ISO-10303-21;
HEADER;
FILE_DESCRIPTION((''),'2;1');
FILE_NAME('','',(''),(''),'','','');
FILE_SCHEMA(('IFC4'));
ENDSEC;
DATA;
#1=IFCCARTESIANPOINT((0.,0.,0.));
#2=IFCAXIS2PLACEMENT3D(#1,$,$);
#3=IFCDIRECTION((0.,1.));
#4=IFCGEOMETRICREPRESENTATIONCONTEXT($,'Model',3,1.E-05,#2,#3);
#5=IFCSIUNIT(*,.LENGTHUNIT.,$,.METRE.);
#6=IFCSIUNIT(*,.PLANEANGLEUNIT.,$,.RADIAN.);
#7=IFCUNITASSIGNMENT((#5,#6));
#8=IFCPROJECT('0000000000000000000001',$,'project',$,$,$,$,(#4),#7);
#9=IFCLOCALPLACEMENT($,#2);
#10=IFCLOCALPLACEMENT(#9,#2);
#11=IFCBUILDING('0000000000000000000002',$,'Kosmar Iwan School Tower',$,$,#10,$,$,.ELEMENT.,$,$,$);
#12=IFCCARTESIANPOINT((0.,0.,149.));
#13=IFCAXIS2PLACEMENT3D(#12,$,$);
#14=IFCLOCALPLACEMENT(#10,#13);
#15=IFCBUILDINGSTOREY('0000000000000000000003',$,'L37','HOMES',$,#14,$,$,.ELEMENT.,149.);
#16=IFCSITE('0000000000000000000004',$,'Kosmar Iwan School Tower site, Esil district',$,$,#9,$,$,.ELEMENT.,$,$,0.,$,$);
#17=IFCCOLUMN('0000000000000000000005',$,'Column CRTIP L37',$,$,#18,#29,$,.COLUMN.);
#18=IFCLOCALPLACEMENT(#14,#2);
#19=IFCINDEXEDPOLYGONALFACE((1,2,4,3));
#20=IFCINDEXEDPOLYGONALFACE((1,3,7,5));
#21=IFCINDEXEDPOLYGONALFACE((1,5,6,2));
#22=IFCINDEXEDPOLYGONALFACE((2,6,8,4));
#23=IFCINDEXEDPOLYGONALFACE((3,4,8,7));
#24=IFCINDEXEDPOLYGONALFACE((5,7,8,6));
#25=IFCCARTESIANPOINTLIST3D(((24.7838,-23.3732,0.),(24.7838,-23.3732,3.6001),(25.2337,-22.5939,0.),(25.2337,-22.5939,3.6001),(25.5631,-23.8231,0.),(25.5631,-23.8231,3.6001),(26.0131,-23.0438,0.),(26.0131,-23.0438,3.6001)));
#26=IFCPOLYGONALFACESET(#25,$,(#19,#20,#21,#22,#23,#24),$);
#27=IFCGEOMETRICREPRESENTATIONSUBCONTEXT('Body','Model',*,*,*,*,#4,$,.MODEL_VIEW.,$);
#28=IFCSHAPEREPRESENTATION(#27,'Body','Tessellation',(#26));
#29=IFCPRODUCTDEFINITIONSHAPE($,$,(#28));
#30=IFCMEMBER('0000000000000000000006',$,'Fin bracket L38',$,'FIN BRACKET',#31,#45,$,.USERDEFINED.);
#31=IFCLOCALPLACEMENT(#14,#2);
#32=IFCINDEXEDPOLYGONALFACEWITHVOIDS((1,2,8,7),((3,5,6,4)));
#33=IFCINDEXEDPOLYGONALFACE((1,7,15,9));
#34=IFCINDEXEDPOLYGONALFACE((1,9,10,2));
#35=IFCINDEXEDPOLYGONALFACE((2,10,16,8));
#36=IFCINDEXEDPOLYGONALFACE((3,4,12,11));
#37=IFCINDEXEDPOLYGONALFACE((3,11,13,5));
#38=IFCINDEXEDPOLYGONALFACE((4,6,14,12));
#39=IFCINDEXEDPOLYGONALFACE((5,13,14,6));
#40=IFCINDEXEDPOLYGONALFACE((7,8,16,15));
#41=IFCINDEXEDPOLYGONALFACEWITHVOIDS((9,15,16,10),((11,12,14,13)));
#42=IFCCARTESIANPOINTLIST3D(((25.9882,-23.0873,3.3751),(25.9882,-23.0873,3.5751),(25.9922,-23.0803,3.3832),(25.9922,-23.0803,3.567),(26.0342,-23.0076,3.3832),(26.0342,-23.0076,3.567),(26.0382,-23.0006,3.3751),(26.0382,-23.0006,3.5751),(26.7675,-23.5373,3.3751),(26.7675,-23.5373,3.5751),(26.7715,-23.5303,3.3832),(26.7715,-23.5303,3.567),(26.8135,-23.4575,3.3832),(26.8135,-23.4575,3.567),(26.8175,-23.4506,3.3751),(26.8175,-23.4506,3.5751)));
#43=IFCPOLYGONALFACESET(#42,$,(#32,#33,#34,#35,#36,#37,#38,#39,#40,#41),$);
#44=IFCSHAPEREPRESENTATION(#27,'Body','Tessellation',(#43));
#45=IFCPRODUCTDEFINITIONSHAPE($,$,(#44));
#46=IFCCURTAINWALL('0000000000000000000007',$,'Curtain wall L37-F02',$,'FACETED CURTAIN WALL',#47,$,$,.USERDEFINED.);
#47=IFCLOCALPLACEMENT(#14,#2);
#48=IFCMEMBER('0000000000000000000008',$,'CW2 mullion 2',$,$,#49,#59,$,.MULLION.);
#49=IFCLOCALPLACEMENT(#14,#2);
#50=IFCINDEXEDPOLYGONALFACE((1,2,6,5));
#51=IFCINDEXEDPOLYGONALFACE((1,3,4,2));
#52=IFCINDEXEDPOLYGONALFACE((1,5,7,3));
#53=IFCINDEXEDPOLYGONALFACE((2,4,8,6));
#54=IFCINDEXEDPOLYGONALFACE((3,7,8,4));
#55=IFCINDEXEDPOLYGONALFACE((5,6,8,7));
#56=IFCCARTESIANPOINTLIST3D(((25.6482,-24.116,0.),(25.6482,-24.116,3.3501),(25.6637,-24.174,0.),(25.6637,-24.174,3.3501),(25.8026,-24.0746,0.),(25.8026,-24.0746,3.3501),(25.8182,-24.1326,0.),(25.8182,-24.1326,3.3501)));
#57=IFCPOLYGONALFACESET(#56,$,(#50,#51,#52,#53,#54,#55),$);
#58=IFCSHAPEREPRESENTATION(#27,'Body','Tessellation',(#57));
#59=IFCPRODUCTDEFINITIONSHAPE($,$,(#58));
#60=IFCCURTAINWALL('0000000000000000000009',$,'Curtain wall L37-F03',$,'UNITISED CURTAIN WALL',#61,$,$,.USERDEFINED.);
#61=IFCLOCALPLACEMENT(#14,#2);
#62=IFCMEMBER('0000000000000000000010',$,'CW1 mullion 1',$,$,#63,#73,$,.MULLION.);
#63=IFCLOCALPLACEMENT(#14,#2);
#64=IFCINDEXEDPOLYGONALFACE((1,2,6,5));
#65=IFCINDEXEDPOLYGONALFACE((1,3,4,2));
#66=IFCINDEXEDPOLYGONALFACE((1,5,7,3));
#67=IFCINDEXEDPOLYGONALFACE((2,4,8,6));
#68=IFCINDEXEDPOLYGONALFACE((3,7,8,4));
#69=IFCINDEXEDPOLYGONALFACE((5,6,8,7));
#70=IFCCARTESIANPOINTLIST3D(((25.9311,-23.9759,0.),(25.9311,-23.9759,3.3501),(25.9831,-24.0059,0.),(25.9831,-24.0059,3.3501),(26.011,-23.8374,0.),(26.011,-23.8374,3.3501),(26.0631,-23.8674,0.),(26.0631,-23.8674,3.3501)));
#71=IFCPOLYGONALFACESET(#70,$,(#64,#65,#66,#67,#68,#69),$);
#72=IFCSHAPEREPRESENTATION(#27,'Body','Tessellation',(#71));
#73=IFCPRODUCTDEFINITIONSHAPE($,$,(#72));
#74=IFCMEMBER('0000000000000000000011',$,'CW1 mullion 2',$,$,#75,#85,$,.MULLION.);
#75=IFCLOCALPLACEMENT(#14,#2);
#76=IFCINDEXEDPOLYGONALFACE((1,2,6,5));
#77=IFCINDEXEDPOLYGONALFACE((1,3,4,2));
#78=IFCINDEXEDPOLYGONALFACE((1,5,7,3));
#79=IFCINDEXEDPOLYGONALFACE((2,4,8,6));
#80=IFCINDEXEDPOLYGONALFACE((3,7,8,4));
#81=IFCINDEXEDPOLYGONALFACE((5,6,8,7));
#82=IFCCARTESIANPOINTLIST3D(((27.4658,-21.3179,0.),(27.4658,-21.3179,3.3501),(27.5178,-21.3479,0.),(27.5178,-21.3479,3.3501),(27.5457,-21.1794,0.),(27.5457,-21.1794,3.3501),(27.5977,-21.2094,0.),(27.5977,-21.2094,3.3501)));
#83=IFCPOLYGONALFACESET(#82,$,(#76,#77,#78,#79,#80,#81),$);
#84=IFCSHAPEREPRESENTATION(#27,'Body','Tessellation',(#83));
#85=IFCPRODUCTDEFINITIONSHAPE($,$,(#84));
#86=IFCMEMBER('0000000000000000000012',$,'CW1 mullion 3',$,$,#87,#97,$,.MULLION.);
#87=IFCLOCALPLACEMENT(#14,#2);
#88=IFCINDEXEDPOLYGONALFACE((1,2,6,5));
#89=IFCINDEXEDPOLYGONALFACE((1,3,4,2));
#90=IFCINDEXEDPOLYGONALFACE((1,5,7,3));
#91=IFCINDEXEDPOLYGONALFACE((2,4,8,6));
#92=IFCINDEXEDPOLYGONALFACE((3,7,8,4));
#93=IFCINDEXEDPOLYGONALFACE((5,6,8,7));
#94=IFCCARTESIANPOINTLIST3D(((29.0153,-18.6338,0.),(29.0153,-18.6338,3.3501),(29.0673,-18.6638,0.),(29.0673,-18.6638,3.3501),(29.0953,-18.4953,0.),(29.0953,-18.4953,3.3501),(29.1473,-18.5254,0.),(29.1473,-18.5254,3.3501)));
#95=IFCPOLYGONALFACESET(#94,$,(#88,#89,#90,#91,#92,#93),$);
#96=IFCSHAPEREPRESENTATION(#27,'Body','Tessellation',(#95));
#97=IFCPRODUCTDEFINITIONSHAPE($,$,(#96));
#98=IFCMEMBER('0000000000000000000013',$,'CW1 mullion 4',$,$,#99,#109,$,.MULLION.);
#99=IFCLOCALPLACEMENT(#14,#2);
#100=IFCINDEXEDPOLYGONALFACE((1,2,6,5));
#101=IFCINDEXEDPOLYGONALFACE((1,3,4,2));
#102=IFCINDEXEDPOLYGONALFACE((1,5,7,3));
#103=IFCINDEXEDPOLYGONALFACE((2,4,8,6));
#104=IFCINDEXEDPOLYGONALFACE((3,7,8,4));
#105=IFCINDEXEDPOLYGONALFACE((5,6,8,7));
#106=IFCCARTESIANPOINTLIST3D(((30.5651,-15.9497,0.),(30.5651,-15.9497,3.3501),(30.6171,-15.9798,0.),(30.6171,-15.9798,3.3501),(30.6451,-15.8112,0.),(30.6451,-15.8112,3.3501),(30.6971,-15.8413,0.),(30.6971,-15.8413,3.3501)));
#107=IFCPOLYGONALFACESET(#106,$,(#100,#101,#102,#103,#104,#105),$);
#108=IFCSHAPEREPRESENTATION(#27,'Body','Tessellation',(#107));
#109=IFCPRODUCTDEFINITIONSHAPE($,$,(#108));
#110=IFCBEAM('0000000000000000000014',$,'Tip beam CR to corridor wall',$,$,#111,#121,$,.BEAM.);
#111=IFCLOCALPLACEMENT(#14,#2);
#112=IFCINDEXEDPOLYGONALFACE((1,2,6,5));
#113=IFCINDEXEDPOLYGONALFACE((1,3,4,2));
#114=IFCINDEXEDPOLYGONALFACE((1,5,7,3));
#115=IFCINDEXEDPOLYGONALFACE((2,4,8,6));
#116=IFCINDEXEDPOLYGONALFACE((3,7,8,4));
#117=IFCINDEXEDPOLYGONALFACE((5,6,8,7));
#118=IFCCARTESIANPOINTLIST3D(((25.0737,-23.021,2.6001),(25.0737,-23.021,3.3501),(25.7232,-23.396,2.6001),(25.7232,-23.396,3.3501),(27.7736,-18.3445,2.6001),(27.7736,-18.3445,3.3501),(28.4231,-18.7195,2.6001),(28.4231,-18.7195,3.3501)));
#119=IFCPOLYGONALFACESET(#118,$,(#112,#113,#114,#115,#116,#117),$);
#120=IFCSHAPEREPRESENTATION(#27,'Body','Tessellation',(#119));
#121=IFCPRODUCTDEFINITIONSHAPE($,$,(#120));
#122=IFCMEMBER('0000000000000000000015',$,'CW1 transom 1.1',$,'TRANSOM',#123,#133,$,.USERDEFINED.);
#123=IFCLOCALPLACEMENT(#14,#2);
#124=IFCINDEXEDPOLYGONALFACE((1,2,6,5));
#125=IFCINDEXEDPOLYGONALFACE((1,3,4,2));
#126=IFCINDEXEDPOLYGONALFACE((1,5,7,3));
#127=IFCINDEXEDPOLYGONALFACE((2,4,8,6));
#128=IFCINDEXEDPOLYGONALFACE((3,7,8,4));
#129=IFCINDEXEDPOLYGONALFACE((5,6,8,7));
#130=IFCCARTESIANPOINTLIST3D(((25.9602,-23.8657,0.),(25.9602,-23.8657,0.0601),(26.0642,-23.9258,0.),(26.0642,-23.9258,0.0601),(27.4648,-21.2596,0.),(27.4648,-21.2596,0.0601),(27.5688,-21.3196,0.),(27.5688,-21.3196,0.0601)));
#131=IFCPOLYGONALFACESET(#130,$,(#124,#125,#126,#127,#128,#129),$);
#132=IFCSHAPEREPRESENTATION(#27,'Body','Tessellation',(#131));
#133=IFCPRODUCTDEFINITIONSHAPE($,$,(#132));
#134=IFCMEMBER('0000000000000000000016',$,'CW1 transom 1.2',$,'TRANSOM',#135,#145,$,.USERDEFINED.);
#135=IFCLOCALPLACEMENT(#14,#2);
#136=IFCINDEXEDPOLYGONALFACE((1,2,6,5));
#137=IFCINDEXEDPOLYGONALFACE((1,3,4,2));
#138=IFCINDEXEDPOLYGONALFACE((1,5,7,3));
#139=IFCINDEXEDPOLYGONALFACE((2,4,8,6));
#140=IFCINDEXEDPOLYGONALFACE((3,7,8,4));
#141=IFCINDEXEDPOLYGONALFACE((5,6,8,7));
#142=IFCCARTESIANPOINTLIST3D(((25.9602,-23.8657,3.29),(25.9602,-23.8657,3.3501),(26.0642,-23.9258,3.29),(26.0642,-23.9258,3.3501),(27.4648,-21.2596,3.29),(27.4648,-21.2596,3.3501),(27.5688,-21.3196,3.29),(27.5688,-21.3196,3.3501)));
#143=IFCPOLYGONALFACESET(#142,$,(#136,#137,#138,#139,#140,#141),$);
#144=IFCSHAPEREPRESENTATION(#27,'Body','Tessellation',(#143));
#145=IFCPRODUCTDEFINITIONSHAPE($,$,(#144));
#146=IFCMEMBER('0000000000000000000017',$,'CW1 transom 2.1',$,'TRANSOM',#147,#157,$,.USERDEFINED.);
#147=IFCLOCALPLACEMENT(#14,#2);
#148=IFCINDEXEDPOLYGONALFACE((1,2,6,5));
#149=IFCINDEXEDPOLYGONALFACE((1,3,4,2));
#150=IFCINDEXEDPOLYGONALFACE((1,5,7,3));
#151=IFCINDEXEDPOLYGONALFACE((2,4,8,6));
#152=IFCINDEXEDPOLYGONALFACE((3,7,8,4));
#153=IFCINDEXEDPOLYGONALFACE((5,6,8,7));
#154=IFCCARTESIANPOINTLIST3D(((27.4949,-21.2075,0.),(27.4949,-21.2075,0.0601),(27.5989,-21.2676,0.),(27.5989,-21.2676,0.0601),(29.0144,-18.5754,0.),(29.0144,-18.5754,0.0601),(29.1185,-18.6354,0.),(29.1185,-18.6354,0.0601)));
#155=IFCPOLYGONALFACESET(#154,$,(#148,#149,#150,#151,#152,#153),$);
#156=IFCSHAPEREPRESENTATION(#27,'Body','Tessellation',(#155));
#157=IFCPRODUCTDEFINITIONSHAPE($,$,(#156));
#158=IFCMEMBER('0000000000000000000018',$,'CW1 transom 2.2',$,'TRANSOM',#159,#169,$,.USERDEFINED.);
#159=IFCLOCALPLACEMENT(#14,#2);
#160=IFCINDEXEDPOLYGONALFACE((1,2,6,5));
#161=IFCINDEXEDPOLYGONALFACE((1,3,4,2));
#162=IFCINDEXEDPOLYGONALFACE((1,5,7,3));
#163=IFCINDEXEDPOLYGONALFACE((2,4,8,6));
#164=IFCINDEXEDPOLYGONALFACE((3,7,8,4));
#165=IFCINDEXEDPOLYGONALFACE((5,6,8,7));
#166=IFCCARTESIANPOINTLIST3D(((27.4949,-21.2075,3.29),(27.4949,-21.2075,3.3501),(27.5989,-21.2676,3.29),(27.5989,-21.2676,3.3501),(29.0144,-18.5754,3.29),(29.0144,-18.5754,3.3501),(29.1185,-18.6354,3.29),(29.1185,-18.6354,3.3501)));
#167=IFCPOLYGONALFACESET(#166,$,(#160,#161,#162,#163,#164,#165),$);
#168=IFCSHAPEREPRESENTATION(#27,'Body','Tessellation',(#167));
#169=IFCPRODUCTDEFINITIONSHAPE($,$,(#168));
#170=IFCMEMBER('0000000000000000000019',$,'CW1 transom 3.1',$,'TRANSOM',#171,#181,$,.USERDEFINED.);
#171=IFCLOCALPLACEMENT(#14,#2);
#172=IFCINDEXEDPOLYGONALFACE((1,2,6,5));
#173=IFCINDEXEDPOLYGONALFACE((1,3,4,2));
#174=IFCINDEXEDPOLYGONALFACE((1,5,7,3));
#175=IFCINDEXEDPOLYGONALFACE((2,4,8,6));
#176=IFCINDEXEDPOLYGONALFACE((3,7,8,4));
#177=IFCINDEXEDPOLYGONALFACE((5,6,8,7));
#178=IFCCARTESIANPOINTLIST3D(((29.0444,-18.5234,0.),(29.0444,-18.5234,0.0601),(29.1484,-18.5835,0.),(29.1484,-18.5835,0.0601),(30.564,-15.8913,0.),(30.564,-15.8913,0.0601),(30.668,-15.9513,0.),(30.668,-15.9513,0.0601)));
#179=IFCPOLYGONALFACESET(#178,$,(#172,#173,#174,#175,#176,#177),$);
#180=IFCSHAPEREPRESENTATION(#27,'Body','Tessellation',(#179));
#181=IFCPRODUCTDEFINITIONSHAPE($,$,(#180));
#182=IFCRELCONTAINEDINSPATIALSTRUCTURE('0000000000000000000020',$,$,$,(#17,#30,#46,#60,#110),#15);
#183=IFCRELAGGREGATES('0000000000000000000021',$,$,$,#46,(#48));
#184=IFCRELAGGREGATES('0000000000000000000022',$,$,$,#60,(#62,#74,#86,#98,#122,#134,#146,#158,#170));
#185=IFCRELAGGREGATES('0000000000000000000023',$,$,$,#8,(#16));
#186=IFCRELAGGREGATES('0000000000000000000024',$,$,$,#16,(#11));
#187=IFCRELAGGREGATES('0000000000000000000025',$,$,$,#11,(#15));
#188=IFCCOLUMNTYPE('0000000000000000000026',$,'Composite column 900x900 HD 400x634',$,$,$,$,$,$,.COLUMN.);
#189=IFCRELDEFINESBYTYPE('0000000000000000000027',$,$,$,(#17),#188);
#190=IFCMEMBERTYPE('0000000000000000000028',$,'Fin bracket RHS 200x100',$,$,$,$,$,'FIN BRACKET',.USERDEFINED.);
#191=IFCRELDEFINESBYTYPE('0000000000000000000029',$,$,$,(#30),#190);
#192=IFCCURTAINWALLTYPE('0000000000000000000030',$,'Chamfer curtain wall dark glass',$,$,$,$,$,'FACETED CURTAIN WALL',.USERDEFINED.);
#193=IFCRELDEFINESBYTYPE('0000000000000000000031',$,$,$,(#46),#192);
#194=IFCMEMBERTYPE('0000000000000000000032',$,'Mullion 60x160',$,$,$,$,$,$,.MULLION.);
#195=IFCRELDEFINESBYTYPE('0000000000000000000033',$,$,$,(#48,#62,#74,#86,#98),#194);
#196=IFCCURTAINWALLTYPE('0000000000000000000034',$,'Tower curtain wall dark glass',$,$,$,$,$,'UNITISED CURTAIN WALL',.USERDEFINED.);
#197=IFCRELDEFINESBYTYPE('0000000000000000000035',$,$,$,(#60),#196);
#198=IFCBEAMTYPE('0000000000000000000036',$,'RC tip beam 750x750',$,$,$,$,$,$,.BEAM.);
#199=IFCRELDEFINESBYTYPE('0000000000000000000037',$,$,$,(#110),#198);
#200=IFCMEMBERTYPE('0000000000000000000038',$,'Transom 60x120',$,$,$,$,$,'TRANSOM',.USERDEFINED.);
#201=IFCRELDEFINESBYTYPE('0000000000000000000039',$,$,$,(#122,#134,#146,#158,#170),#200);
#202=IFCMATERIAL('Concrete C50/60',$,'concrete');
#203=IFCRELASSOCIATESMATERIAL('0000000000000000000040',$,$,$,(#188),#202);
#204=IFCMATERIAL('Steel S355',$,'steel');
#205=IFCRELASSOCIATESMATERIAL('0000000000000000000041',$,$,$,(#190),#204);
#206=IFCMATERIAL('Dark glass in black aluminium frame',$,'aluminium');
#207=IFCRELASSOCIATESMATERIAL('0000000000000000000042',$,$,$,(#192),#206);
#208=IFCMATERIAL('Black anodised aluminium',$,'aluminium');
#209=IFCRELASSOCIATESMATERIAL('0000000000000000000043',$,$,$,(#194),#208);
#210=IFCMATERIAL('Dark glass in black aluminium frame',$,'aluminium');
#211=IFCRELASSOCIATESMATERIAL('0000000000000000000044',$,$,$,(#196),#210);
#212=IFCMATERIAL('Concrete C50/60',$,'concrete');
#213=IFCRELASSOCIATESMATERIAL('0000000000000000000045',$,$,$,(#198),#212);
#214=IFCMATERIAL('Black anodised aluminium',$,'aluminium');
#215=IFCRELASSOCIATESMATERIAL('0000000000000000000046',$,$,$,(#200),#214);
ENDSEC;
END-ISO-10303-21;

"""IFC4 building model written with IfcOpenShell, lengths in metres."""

from ifc_helpers import new_model, si_unit, direction, frame, origin, origin_2d, place, context, subcontext, project, spatial, rectangle, hollow_rectangle, extrude, material, material_profile, profile_set, type_object, element, aggregate, save


model = new_model("IFC4")

# Units and contexts
model_context = context("Model", 3, precision=1e-05, world=origin(), true_north=direction((0.0, 1.0)))
body_context = subcontext(model_context, "Body", "Model", "MODEL_VIEW")
ifc_project = project(units=[si_unit("LENGTHUNIT", "METRE"), si_unit("PLANEANGLEUNIT", "RADIAN")], contexts=[model_context])

# Site, building, storey
site_placement = place(None, origin())
site = spatial("IfcSite", under=ifc_project, at=site_placement, Name="Kosmar Iwan School Tower site, Esil district", CompositionType="ELEMENT", RefElevation=0.0)
building_placement = place(site_placement, origin())
building = spatial("IfcBuilding", under=site, at=building_placement, Name="Kosmar Iwan School Tower", CompositionType="ELEMENT")
storey_placement = place(building_placement, frame((0.0, 0.0, 149.0)))
storey = spatial("IfcBuildingStorey", under=building, at=storey_placement, Name="L37", Description="HOMES", CompositionType="ELEMENT", Elevation=149.0)

# Column
ifc_material_1 = material(Name="Concrete C50/60", Category="concrete")
ifc_material_profile_1 = material_profile(ifc_material_1, rectangle(XDim=0.8999, YDim=0.8999, at=origin_2d()), Name="RC 900x900 + HD 400x634")
ifc_profile_set_1 = profile_set([ifc_material_profile_1], Name="Concrete C50/60")
column_type = type_object("IfcColumnType", Name="Composite column 900x900 HD 400x634", PredefinedType="COLUMN", material=ifc_profile_set_1)
column_placement = place(storey_placement, frame((25.3984, -23.2085, 0.0), z_axis=(0.0, 0.0, 1.0), x_axis=(0.866025, -0.5, 0.0)))
element("IfcColumn", 1, at=column_placement, inside=storey, type_object=column_type, Name="Column CRTIP L37", PredefinedType="COLUMN", context=body_context, shape_type="SweptSolid", body=[
    extrude(rectangle(XDim=0.8999, YDim=0.8999, at=origin_2d()), origin(), (0.0, 0.0, 1.0), 3.6001),
])

# Member
ifc_material_2 = material(Name="Steel S355", Category="steel")
ifc_material_profile_2 = material_profile(ifc_material_2, hollow_rectangle(XDim=0.1001, YDim=0.2, WallThickness=0.0081, at=origin_2d()), Name="RHS 200x100x8")
ifc_profile_set_2 = profile_set([ifc_material_profile_2], Name="Steel S355")
member_type_1 = type_object("IfcMemberType", Name="Fin bracket RHS 200x100", ElementType="FIN BRACKET", PredefinedType="USERDEFINED", material=ifc_profile_set_2)
member_1_placement = place(storey_placement, frame((26.0132, -23.0439, 3.4751), z_axis=(0.866014, -0.50002, 0.0), x_axis=(0.50002, 0.866014, 0.0)))
element("IfcMember", 2, at=member_1_placement, inside=storey, type_object=member_type_1, Name="Fin bracket L38", ObjectType="FIN BRACKET", PredefinedType="USERDEFINED", context=body_context, shape_type="SweptSolid", body=[
    extrude(hollow_rectangle(XDim=0.1001, YDim=0.2, WallThickness=0.0081, at=origin_2d()), origin(), (0.0, 0.0, 1.0), 0.8999),
])

# Curtain wall, member
ifc_material_3 = material(Name="Dark glass in black aluminium frame", Category="aluminium")
curtain_wall_type_1 = type_object("IfcCurtainWallType", Name="Chamfer curtain wall dark glass", ElementType="FACETED CURTAIN WALL", PredefinedType="USERDEFINED", material=ifc_material_3)
curtain_wall_1_placement = place(storey_placement, origin())
curtain_wall_1 = element("IfcCurtainWall", 3, at=curtain_wall_1_placement, inside=storey, type_object=curtain_wall_type_1, Name="Curtain wall L37-F02", ObjectType="FACETED CURTAIN WALL", PredefinedType="USERDEFINED")
ifc_material_4 = material(Name="Black anodised aluminium", Category="aluminium")
ifc_material_profile_3 = material_profile(ifc_material_4, rectangle(XDim=0.0601, YDim=0.1599, at=origin_2d()), Name="MULLION 60x160")
ifc_profile_set_3 = profile_set([ifc_material_profile_3], Name="Black anodised aluminium")
member_type_2 = type_object("IfcMemberType", Name="Mullion 60x160", PredefinedType="MULLION", material=ifc_profile_set_3)
member_2_placement = place(storey_placement, frame((25.7332, -24.1243, 0.0), z_axis=(0.0, 0.0, 1.0), x_axis=(-0.258819, 0.965926, 0.0)))
member_2 = element("IfcMember", 4, at=member_2_placement, type_object=member_type_2, Name="CW2 mullion 2", PredefinedType="MULLION", context=body_context, shape_type="SweptSolid", body=[
    extrude(rectangle(XDim=0.0601, YDim=0.1599, at=origin_2d()), origin(), (0.0, 0.0, 1.0), 3.3501),
])

# Curtain wall, members
ifc_material_5 = material(Name="Dark glass in black aluminium frame", Category="aluminium")
curtain_wall_type_2 = type_object("IfcCurtainWallType", Name="Tower curtain wall dark glass", ElementType="UNITISED CURTAIN WALL", PredefinedType="USERDEFINED", material=ifc_material_5)
curtain_wall_2_placement = place(storey_placement, origin())
curtain_wall_2 = element("IfcCurtainWall", 5, at=curtain_wall_2_placement, inside=storey, type_object=curtain_wall_type_2, Name="Curtain wall L37-F03", ObjectType="UNITISED CURTAIN WALL", PredefinedType="USERDEFINED")
member_3_placement = place(storey_placement, frame((25.9971, -23.9216, 0.0), z_axis=(0.0, 0.0, 1.0), x_axis=(-0.866025, 0.5, 0.0)))
member_3 = element("IfcMember", 6, at=member_3_placement, type_object=member_type_2, Name="CW1 mullion 1", PredefinedType="MULLION", context=body_context, shape_type="SweptSolid", body=[
    extrude(rectangle(XDim=0.0601, YDim=0.1599, at=origin_2d()), origin(), (0.0, 0.0, 1.0), 3.3501),
])
member_4_placement = place(storey_placement, frame((27.5317, -21.2637, 0.0), z_axis=(0.0, 0.0, 1.0), x_axis=(-0.866025, 0.5, 0.0)))
member_4 = element("IfcMember", 7, at=member_4_placement, type_object=member_type_2, Name="CW1 mullion 2", PredefinedType="MULLION", context=body_context, shape_type="SweptSolid", body=[
    extrude(rectangle(XDim=0.0601, YDim=0.1599, at=origin_2d()), origin(), (0.0, 0.0, 1.0), 3.3501),
])
member_5_placement = place(storey_placement, frame((29.0813, -18.5796, 0.0), z_axis=(0.0, 0.0, 1.0), x_axis=(-0.866025, 0.5, 0.0)))
member_5 = element("IfcMember", 8, at=member_5_placement, type_object=member_type_2, Name="CW1 mullion 3", PredefinedType="MULLION", context=body_context, shape_type="SweptSolid", body=[
    extrude(rectangle(XDim=0.0601, YDim=0.1599, at=origin_2d()), origin(), (0.0, 0.0, 1.0), 3.3501),
])
member_6_placement = place(storey_placement, frame((30.6311, -15.8955, 0.0), z_axis=(0.0, 0.0, 1.0), x_axis=(-0.866025, 0.5, 0.0)))
member_6 = element("IfcMember", 9, at=member_6_placement, type_object=member_type_2, Name="CW1 mullion 4", PredefinedType="MULLION", context=body_context, shape_type="SweptSolid", body=[
    extrude(rectangle(XDim=0.0601, YDim=0.1599, at=origin_2d()), origin(), (0.0, 0.0, 1.0), 3.3501),
])

# Beam
ifc_material_6 = material(Name="Concrete C50/60", Category="concrete")
ifc_material_profile_4 = material_profile(ifc_material_6, rectangle(XDim=0.75, YDim=0.75, at=origin_2d()), Name="RC 750x750")
ifc_profile_set_4 = profile_set([ifc_material_profile_4], Name="Concrete C50/60")
beam_type = type_object("IfcBeamType", Name="RC tip beam 750x750", PredefinedType="BEAM", material=ifc_profile_set_4)
beam_placement = place(storey_placement, frame((25.3984, -23.2085, 2.9751), z_axis=(0.499995, 0.866028, 0.0), x_axis=(-0.866028, 0.499995, 0.0)))
element("IfcBeam", 10, at=beam_placement, inside=storey, type_object=beam_type, Name="Tip beam CR to corridor wall", PredefinedType="BEAM", context=body_context, shape_type="SweptSolid", body=[
    extrude(rectangle(XDim=0.75, YDim=0.75, at=origin_2d()), origin(), (0.0, 0.0, 1.0), 5.3999),
])

# Members
ifc_material_7 = material(Name="Black anodised aluminium", Category="aluminium")
ifc_material_profile_5 = material_profile(ifc_material_7, rectangle(XDim=0.1201, YDim=0.0601, at=origin_2d()), Name="TRANSOM 60x120")
ifc_profile_set_5 = profile_set([ifc_material_profile_5], Name="Black anodised aluminium")
member_type_3 = type_object("IfcMemberType", Name="Transom 60x120", ElementType="TRANSOM", PredefinedType="USERDEFINED", material=ifc_profile_set_5)
member_7_placement = place(storey_placement, frame((26.0122, -23.8958, 0.03), z_axis=(0.499987, 0.866033, 0.0), x_axis=(-0.866033, 0.499987, 0.0)))
member_7 = element("IfcMember", 11, at=member_7_placement, type_object=member_type_3, Name="CW1 transom 1.1", ObjectType="TRANSOM", PredefinedType="USERDEFINED", context=body_context, shape_type="SweptSolid", body=[
    extrude(rectangle(XDim=0.1201, YDim=0.0601, at=origin_2d()), origin(), (0.0, 0.0, 1.0), 3.0093),
])
member_8_placement = place(storey_placement, frame((26.0122, -23.8958, 3.3201), z_axis=(0.499987, 0.866033, 0.0), x_axis=(-0.866033, 0.499987, 0.0)))
member_8 = element("IfcMember", 12, at=member_8_placement, type_object=member_type_3, Name="CW1 transom 1.2", ObjectType="TRANSOM", PredefinedType="USERDEFINED", context=body_context, shape_type="SweptSolid", body=[
    extrude(rectangle(XDim=0.1201, YDim=0.0601, at=origin_2d()), origin(), (0.0, 0.0, 1.0), 3.0093),
])
member_9_placement = place(storey_placement, frame((27.5469, -21.2375, 0.03), z_axis=(0.499975, 0.86604, 0.0), x_axis=(-0.86604, 0.499975, 0.0)))
member_9 = element("IfcMember", 13, at=member_9_placement, type_object=member_type_3, Name="CW1 transom 2.1", ObjectType="TRANSOM", PredefinedType="USERDEFINED", context=body_context, shape_type="SweptSolid", body=[
    extrude(rectangle(XDim=0.1201, YDim=0.0601, at=origin_2d()), origin(), (0.0, 0.0, 1.0), 3.0393),
])
member_10_placement = place(storey_placement, frame((27.5469, -21.2375, 3.3201), z_axis=(0.499975, 0.86604, 0.0), x_axis=(-0.86604, 0.499975, 0.0)))
member_10 = element("IfcMember", 14, at=member_10_placement, type_object=member_type_3, Name="CW1 transom 2.2", ObjectType="TRANSOM", PredefinedType="USERDEFINED", context=body_context, shape_type="SweptSolid", body=[
    extrude(rectangle(XDim=0.1201, YDim=0.0601, at=origin_2d()), origin(), (0.0, 0.0, 1.0), 3.0393),
])
member_11_placement = place(storey_placement, frame((29.0964, -18.5535, 0.03), z_axis=(0.499975, 0.86604, 0.0), x_axis=(-0.86604, 0.499975, 0.0)))
member_11 = element("IfcMember", 15, at=member_11_placement, type_object=member_type_3, Name="CW1 transom 3.1", ObjectType="TRANSOM", PredefinedType="USERDEFINED", context=body_context, shape_type="SweptSolid", body=[
    extrude(rectangle(XDim=0.1201, YDim=0.0601, at=origin_2d()), origin(), (0.0, 0.0, 1.0), 3.0393),
])

aggregate(curtain_wall_1, [member_2])
aggregate(curtain_wall_2, [member_3, member_4, member_5, member_6, member_7, member_8, member_9, member_10, member_11])

save(model, "model.ifc")
